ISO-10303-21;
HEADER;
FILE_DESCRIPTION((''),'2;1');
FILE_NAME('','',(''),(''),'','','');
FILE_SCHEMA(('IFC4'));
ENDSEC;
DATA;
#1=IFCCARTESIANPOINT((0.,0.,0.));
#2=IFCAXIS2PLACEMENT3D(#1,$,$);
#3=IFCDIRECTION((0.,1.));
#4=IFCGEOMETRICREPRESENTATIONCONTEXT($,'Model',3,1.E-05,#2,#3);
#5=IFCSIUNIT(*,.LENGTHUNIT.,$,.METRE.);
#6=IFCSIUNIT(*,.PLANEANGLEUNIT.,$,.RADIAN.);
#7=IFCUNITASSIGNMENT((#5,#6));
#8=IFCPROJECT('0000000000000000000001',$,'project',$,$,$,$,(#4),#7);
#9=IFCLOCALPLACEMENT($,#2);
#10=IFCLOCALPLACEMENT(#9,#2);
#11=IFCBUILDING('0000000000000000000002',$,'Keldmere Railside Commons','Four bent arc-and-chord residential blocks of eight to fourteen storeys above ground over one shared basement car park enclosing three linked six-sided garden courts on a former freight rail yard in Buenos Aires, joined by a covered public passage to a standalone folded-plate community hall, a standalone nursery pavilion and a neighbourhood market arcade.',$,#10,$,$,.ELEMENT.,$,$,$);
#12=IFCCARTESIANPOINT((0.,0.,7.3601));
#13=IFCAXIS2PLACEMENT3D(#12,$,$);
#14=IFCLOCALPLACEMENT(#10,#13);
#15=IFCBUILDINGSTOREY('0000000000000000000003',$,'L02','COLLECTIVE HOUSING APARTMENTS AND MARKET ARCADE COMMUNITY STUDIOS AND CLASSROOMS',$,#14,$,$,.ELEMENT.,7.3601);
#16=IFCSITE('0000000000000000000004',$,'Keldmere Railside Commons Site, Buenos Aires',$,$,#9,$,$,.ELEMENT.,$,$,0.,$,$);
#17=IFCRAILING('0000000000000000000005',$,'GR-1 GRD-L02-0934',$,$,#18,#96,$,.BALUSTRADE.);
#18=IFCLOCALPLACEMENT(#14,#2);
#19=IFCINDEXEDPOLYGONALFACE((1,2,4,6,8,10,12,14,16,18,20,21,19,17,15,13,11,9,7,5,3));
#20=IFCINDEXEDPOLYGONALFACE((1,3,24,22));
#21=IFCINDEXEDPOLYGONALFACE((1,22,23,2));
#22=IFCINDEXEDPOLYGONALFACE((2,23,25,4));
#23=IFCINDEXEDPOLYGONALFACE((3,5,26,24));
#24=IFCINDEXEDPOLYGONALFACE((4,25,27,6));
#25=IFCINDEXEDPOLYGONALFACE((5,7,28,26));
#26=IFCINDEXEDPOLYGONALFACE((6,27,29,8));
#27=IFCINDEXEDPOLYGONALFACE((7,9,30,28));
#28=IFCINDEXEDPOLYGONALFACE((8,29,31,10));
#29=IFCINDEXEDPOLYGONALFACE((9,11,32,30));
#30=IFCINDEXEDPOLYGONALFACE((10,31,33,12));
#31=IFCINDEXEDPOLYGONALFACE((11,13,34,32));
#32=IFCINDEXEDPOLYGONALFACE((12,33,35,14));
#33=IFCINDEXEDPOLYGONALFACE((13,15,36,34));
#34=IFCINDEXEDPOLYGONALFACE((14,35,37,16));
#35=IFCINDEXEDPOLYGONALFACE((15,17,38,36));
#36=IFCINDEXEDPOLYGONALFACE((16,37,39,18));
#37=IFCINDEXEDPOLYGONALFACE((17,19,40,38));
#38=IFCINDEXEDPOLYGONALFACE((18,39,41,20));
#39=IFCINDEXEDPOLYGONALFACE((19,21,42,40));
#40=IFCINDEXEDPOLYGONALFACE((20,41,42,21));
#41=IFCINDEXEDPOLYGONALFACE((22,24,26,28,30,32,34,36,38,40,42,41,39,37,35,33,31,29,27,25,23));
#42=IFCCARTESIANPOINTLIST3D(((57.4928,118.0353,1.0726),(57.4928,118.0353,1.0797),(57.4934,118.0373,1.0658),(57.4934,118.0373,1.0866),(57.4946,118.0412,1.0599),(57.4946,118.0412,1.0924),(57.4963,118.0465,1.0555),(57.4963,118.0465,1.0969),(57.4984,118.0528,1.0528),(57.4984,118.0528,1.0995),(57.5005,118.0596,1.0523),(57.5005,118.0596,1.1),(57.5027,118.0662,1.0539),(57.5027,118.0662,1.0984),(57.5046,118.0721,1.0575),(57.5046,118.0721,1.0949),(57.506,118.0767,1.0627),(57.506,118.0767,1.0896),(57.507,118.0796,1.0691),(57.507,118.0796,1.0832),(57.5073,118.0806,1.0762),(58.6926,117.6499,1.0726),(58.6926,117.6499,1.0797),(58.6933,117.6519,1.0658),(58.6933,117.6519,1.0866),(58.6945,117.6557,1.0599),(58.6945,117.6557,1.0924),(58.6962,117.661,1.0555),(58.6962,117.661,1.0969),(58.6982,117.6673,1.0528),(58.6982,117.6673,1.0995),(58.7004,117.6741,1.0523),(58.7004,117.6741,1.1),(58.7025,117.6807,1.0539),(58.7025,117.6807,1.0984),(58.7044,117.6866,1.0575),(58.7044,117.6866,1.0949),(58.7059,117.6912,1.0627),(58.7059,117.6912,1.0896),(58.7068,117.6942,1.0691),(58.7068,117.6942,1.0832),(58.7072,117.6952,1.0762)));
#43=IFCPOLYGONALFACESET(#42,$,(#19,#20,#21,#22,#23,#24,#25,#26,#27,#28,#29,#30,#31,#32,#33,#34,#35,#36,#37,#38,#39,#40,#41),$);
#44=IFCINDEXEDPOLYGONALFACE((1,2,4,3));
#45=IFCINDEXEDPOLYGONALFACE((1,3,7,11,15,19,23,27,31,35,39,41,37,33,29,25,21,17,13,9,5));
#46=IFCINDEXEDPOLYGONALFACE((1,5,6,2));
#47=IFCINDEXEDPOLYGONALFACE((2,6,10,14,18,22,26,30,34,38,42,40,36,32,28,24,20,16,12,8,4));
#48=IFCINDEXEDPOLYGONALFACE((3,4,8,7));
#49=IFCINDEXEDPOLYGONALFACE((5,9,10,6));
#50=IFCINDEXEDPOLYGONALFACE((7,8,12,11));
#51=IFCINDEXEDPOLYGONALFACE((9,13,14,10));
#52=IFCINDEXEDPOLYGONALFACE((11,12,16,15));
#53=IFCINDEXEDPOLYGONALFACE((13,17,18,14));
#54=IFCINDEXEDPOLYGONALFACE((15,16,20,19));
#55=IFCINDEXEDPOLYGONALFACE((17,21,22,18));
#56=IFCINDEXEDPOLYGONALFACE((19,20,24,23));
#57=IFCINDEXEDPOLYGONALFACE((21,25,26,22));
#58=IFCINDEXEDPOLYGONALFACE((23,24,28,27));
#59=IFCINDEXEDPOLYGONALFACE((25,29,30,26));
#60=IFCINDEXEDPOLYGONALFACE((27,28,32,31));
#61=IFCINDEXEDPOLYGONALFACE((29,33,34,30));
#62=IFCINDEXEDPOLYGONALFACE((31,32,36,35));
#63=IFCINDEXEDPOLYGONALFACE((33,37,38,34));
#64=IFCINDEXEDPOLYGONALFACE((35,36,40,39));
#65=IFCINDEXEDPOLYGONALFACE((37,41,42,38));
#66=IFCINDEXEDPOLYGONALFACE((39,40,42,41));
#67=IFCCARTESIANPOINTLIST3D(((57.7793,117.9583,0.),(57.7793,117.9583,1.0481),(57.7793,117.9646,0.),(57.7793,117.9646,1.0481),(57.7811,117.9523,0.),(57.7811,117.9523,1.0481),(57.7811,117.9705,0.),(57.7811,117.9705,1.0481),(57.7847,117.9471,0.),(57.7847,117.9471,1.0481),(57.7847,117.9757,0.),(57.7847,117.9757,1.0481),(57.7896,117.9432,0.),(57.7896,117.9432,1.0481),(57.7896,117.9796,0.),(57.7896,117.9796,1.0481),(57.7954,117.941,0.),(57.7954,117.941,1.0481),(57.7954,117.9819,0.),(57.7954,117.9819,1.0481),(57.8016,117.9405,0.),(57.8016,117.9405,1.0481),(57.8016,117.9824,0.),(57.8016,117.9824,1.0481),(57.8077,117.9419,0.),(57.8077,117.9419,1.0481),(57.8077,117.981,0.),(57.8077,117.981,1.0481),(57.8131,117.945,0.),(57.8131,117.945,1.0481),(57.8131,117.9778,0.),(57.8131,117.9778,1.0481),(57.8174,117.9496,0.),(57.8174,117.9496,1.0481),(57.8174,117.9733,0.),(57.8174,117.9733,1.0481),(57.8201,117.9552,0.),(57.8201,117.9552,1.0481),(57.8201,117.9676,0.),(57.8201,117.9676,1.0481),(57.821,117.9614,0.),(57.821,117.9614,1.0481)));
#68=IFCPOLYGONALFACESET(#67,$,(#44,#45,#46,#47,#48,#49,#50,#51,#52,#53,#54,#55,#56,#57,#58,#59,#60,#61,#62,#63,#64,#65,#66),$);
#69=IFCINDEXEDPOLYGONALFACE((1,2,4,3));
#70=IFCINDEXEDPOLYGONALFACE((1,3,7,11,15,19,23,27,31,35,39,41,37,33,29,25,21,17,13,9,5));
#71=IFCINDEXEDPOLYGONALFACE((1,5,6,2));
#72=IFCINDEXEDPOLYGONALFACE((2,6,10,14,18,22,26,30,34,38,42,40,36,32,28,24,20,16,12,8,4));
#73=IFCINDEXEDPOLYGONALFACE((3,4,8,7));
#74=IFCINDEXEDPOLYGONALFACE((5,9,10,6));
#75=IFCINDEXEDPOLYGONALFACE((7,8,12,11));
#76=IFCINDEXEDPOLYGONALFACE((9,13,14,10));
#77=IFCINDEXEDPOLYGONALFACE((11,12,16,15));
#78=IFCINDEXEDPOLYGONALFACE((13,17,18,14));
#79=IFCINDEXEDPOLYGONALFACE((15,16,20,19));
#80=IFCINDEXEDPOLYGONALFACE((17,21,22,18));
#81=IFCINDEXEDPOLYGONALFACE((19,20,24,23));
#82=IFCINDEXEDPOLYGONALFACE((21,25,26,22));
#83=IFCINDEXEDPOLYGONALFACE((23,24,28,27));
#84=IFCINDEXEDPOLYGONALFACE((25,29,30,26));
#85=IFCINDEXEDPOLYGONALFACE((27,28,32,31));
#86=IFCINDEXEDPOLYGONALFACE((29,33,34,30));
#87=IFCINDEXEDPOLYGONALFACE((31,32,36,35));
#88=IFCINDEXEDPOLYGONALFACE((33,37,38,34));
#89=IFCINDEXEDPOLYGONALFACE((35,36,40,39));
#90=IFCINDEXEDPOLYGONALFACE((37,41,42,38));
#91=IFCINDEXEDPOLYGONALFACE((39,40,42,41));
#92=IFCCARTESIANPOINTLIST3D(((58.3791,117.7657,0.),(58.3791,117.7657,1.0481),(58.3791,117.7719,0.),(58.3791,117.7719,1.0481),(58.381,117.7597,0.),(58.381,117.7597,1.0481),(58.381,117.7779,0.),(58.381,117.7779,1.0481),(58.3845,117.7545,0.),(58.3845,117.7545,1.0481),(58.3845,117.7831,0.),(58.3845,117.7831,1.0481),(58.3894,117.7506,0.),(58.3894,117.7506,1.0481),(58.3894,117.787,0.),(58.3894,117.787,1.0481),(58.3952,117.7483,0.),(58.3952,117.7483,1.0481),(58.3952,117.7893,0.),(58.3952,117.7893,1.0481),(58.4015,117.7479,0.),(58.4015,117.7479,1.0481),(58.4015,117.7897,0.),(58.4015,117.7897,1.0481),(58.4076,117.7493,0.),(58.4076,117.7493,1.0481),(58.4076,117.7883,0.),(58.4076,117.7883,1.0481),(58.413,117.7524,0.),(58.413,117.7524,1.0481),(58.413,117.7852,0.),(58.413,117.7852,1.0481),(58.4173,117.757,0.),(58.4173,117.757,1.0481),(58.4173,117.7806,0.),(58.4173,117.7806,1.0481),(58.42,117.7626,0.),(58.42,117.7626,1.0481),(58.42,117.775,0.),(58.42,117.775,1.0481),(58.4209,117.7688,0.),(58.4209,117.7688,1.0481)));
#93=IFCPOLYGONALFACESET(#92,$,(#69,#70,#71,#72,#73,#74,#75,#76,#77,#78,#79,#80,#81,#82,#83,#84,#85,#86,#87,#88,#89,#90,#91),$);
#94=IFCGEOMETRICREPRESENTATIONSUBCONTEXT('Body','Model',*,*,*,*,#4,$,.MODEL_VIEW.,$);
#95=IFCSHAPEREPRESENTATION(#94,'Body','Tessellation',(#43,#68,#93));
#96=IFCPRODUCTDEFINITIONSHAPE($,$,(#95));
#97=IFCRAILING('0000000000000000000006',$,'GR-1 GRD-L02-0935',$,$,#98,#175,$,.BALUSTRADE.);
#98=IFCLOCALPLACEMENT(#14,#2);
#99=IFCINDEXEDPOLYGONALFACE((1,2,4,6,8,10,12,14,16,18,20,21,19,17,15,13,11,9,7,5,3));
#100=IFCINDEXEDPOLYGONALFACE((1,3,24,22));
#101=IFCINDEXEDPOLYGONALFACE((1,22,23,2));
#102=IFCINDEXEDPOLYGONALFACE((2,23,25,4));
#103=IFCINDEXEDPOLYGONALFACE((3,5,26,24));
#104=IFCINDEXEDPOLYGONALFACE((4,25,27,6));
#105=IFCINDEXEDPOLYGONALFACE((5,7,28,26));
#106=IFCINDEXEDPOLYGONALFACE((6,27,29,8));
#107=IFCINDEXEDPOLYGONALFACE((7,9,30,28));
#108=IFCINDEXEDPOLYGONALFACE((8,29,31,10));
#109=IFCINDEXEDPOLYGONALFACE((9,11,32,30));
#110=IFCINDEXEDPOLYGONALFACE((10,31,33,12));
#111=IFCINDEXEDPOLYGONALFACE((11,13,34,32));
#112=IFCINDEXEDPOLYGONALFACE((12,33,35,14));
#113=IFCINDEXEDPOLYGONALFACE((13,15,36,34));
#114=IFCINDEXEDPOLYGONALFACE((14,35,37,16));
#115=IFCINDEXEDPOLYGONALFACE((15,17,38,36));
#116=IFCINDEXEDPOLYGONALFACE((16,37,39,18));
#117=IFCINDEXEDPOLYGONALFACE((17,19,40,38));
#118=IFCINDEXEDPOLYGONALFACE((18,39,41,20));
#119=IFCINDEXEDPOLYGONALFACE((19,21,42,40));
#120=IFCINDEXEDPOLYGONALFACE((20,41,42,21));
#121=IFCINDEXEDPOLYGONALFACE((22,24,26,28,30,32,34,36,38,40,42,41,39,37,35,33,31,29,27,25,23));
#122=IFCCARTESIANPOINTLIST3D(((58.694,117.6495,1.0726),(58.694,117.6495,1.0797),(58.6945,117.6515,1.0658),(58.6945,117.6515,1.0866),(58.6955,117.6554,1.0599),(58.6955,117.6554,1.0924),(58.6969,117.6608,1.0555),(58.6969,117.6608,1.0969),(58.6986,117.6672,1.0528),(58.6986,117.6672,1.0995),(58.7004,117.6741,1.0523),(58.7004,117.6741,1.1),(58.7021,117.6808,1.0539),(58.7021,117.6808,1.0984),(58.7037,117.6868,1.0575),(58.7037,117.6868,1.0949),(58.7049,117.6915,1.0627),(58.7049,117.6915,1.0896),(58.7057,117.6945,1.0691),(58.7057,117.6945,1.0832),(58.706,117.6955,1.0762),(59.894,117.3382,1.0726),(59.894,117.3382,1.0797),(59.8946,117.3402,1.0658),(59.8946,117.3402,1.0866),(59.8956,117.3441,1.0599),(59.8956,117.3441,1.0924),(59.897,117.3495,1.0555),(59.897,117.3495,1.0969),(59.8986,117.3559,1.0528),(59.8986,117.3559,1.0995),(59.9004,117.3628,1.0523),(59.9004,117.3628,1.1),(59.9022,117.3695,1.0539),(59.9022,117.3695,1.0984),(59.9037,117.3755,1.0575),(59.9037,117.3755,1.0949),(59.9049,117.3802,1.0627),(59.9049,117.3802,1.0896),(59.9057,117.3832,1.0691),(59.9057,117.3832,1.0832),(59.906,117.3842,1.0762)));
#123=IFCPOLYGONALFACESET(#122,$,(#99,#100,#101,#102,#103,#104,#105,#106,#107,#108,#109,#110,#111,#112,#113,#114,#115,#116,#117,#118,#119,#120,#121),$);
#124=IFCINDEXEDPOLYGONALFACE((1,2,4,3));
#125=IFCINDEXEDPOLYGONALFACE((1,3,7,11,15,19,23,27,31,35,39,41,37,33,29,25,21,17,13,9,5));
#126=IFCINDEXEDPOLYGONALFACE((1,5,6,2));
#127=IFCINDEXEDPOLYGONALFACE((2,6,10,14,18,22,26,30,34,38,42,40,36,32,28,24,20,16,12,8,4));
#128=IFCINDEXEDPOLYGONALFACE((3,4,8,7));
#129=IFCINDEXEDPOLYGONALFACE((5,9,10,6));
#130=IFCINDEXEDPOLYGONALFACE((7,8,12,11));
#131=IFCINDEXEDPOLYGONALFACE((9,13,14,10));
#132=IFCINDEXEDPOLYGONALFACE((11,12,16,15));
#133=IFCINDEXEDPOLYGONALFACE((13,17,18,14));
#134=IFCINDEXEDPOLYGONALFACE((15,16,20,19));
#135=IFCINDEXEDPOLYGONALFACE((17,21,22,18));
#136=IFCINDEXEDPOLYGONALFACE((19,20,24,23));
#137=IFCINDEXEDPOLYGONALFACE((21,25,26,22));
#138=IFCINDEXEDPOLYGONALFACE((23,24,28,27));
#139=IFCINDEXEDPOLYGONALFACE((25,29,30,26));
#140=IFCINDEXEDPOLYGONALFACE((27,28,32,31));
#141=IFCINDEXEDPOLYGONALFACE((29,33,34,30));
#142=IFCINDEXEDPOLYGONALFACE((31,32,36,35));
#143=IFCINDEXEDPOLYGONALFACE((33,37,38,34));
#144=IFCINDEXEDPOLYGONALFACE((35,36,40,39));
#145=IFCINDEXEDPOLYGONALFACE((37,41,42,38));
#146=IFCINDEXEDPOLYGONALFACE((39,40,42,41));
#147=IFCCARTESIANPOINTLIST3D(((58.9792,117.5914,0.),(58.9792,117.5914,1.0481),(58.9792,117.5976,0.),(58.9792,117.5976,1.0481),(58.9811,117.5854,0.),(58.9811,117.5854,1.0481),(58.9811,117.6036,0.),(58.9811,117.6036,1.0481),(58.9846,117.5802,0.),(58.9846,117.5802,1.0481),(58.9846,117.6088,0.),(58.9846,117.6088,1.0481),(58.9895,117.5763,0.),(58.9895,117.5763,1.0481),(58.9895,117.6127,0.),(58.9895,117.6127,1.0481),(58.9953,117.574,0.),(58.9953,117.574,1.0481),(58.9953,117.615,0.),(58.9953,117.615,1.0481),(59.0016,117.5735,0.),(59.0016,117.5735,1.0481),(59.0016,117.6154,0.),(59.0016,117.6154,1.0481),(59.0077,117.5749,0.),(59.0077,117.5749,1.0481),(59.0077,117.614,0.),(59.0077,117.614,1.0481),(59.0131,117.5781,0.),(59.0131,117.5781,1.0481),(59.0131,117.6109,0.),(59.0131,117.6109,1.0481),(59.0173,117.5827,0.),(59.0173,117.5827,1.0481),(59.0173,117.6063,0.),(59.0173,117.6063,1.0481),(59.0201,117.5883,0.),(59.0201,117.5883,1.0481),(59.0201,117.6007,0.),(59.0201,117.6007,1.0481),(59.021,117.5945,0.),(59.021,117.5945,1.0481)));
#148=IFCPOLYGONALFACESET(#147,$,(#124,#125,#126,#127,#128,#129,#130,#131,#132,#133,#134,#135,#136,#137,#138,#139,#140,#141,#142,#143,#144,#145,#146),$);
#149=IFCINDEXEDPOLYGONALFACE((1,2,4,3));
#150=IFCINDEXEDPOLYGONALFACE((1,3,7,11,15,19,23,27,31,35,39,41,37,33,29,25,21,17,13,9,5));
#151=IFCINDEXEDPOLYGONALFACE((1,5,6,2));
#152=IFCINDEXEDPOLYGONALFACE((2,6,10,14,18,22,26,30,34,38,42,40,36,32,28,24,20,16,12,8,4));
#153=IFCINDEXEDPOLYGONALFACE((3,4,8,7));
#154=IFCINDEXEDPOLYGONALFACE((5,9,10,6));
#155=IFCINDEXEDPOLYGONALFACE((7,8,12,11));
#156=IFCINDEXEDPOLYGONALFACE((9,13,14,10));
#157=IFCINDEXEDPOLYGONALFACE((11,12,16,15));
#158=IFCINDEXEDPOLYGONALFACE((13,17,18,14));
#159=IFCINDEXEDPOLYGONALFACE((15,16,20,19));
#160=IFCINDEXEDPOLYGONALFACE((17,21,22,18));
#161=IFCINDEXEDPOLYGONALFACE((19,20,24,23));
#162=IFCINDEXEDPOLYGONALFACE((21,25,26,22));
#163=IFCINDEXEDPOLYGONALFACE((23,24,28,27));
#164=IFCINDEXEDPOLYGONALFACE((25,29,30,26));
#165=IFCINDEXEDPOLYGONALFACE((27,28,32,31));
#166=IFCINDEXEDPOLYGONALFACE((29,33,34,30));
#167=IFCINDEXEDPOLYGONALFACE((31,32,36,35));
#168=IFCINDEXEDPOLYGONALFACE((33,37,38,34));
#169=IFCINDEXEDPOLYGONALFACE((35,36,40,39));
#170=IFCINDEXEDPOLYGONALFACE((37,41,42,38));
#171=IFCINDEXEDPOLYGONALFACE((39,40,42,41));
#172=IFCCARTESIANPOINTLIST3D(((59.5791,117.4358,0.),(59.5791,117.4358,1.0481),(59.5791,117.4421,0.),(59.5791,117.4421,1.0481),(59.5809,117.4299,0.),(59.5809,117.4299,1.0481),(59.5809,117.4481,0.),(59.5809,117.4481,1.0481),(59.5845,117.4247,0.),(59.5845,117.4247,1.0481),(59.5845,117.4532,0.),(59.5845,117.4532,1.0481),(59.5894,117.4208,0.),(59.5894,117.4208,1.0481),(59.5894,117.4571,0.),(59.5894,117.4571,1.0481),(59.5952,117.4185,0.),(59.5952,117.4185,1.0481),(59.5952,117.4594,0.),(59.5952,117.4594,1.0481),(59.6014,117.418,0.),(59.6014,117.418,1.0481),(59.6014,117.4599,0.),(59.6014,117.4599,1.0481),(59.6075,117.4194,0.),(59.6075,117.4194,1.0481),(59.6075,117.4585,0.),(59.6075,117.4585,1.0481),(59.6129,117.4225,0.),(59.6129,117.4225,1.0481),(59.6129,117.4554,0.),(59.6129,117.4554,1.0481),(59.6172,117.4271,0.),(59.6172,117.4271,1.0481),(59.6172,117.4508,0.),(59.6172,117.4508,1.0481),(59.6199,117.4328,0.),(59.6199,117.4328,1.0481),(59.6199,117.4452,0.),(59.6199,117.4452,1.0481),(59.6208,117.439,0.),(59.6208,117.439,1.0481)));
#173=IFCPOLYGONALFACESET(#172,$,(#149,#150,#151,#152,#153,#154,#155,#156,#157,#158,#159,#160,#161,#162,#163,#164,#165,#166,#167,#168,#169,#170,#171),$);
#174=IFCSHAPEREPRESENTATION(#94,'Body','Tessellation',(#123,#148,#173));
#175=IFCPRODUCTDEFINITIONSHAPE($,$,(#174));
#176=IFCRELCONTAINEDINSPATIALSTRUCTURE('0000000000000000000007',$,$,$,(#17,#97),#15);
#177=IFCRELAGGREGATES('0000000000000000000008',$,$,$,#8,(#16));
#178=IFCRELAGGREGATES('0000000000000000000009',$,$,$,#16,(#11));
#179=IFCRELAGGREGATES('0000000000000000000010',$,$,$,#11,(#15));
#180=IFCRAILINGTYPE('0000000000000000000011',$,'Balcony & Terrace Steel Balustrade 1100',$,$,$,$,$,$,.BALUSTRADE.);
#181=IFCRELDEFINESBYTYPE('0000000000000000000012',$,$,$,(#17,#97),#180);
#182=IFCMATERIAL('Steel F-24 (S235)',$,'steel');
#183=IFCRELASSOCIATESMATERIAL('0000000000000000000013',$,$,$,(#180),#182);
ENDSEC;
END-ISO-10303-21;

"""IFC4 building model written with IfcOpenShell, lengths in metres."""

from ifc_helpers import new_model, si_unit, direction, frame, origin, origin_2d, place, context, subcontext, project, spatial, circle, extrude, material, type_object, element, save


model = new_model("IFC4")

# Units and contexts
model_context = context("Model", 3, precision=1e-05, world=origin(), true_north=direction((0.0, 1.0)))
body_context = subcontext(model_context, "Body", "Model", "MODEL_VIEW")
ifc_project = project(units=[si_unit("LENGTHUNIT", "METRE"), si_unit("PLANEANGLEUNIT", "RADIAN")], contexts=[model_context])

# Site, building, storey
site_placement = place(None, origin())
site = spatial("IfcSite", under=ifc_project, at=site_placement, Name="Keldmere Railside Commons Site, Buenos Aires", CompositionType="ELEMENT", RefElevation=0.0)
building_placement = place(site_placement, origin())
building = spatial("IfcBuilding", under=site, at=building_placement, Name="Keldmere Railside Commons", Description="Four bent arc-and-chord residential blocks of eight to fourteen storeys above ground over one shared basement car park enclosing three linked six-sided garden courts on a former freight rail yard in Buenos Aires, joined by a covered public passage to a standalone folded-plate community hall, a standalone nursery pavilion and a neighbourhood market arcade.", CompositionType="ELEMENT")
storey_placement = place(building_placement, frame((0.0, 0.0, 7.3601)))
storey = spatial("IfcBuildingStorey", under=building, at=storey_placement, Name="L02", Description="COLLECTIVE HOUSING APARTMENTS AND MARKET ARCADE COMMUNITY STUDIOS AND CLASSROOMS", CompositionType="ELEMENT", Elevation=7.3601)

# Railings
ifc_material_1 = material(Name="Steel F-24 (S235)", Category="steel")
railing_type = type_object("IfcRailingType", Name="Balcony & Terrace Steel Balustrade 1100", PredefinedType="BALUSTRADE", material=ifc_material_1)
railing_1_placement = place(storey_placement, frame((57.5, 118.0579, 0.0)))
element("IfcRailing", 1, at=railing_1_placement, inside=storey, type_object=railing_type, Name="GR-1 GRD-L02-0934", PredefinedType="BALUSTRADE", context=body_context, shape_type="SweptSolid", body=[
    extrude(circle(Radius=0.0239, at=origin_2d()), frame((0.0, 0.0, 1.0762), z_axis=(0.952075, -0.305865, 0.0), x_axis=(0.305865, 0.952075, 0.0)), (0.0, 0.0, 1.0), 1.2603),
    extrude(circle(Radius=0.021, at=origin_2d()), frame((0.3, -0.0964, 0.0)), (0.0, 0.0, 1.0), 1.0481),
    extrude(circle(Radius=0.021, at=origin_2d()), frame((0.8999, -0.2891, 0.0)), (0.0, 0.0, 1.0), 1.0481),
])
railing_2_placement = place(storey_placement, frame((58.7, 117.6724, 0.0)))
element("IfcRailing", 2, at=railing_2_placement, inside=storey, type_object=railing_type, Name="GR-1 GRD-L02-0935", PredefinedType="BALUSTRADE", context=body_context, shape_type="SweptSolid", body=[
    extrude(circle(Radius=0.0239, at=origin_2d()), frame((0.0, 0.0, 1.0762), z_axis=(0.967961, -0.251099, 0.0), x_axis=(0.251099, 0.967961, 0.0)), (0.0, 0.0, 1.0), 1.2397),
    extrude(circle(Radius=0.021, at=origin_2d()), frame((0.3, -0.0779, 0.0)), (0.0, 0.0, 1.0), 1.0481),
    extrude(circle(Radius=0.021, at=origin_2d()), frame((0.8999, -0.2334, 0.0)), (0.0, 0.0, 1.0), 1.0481),
])

save(model, "model.ifc")
